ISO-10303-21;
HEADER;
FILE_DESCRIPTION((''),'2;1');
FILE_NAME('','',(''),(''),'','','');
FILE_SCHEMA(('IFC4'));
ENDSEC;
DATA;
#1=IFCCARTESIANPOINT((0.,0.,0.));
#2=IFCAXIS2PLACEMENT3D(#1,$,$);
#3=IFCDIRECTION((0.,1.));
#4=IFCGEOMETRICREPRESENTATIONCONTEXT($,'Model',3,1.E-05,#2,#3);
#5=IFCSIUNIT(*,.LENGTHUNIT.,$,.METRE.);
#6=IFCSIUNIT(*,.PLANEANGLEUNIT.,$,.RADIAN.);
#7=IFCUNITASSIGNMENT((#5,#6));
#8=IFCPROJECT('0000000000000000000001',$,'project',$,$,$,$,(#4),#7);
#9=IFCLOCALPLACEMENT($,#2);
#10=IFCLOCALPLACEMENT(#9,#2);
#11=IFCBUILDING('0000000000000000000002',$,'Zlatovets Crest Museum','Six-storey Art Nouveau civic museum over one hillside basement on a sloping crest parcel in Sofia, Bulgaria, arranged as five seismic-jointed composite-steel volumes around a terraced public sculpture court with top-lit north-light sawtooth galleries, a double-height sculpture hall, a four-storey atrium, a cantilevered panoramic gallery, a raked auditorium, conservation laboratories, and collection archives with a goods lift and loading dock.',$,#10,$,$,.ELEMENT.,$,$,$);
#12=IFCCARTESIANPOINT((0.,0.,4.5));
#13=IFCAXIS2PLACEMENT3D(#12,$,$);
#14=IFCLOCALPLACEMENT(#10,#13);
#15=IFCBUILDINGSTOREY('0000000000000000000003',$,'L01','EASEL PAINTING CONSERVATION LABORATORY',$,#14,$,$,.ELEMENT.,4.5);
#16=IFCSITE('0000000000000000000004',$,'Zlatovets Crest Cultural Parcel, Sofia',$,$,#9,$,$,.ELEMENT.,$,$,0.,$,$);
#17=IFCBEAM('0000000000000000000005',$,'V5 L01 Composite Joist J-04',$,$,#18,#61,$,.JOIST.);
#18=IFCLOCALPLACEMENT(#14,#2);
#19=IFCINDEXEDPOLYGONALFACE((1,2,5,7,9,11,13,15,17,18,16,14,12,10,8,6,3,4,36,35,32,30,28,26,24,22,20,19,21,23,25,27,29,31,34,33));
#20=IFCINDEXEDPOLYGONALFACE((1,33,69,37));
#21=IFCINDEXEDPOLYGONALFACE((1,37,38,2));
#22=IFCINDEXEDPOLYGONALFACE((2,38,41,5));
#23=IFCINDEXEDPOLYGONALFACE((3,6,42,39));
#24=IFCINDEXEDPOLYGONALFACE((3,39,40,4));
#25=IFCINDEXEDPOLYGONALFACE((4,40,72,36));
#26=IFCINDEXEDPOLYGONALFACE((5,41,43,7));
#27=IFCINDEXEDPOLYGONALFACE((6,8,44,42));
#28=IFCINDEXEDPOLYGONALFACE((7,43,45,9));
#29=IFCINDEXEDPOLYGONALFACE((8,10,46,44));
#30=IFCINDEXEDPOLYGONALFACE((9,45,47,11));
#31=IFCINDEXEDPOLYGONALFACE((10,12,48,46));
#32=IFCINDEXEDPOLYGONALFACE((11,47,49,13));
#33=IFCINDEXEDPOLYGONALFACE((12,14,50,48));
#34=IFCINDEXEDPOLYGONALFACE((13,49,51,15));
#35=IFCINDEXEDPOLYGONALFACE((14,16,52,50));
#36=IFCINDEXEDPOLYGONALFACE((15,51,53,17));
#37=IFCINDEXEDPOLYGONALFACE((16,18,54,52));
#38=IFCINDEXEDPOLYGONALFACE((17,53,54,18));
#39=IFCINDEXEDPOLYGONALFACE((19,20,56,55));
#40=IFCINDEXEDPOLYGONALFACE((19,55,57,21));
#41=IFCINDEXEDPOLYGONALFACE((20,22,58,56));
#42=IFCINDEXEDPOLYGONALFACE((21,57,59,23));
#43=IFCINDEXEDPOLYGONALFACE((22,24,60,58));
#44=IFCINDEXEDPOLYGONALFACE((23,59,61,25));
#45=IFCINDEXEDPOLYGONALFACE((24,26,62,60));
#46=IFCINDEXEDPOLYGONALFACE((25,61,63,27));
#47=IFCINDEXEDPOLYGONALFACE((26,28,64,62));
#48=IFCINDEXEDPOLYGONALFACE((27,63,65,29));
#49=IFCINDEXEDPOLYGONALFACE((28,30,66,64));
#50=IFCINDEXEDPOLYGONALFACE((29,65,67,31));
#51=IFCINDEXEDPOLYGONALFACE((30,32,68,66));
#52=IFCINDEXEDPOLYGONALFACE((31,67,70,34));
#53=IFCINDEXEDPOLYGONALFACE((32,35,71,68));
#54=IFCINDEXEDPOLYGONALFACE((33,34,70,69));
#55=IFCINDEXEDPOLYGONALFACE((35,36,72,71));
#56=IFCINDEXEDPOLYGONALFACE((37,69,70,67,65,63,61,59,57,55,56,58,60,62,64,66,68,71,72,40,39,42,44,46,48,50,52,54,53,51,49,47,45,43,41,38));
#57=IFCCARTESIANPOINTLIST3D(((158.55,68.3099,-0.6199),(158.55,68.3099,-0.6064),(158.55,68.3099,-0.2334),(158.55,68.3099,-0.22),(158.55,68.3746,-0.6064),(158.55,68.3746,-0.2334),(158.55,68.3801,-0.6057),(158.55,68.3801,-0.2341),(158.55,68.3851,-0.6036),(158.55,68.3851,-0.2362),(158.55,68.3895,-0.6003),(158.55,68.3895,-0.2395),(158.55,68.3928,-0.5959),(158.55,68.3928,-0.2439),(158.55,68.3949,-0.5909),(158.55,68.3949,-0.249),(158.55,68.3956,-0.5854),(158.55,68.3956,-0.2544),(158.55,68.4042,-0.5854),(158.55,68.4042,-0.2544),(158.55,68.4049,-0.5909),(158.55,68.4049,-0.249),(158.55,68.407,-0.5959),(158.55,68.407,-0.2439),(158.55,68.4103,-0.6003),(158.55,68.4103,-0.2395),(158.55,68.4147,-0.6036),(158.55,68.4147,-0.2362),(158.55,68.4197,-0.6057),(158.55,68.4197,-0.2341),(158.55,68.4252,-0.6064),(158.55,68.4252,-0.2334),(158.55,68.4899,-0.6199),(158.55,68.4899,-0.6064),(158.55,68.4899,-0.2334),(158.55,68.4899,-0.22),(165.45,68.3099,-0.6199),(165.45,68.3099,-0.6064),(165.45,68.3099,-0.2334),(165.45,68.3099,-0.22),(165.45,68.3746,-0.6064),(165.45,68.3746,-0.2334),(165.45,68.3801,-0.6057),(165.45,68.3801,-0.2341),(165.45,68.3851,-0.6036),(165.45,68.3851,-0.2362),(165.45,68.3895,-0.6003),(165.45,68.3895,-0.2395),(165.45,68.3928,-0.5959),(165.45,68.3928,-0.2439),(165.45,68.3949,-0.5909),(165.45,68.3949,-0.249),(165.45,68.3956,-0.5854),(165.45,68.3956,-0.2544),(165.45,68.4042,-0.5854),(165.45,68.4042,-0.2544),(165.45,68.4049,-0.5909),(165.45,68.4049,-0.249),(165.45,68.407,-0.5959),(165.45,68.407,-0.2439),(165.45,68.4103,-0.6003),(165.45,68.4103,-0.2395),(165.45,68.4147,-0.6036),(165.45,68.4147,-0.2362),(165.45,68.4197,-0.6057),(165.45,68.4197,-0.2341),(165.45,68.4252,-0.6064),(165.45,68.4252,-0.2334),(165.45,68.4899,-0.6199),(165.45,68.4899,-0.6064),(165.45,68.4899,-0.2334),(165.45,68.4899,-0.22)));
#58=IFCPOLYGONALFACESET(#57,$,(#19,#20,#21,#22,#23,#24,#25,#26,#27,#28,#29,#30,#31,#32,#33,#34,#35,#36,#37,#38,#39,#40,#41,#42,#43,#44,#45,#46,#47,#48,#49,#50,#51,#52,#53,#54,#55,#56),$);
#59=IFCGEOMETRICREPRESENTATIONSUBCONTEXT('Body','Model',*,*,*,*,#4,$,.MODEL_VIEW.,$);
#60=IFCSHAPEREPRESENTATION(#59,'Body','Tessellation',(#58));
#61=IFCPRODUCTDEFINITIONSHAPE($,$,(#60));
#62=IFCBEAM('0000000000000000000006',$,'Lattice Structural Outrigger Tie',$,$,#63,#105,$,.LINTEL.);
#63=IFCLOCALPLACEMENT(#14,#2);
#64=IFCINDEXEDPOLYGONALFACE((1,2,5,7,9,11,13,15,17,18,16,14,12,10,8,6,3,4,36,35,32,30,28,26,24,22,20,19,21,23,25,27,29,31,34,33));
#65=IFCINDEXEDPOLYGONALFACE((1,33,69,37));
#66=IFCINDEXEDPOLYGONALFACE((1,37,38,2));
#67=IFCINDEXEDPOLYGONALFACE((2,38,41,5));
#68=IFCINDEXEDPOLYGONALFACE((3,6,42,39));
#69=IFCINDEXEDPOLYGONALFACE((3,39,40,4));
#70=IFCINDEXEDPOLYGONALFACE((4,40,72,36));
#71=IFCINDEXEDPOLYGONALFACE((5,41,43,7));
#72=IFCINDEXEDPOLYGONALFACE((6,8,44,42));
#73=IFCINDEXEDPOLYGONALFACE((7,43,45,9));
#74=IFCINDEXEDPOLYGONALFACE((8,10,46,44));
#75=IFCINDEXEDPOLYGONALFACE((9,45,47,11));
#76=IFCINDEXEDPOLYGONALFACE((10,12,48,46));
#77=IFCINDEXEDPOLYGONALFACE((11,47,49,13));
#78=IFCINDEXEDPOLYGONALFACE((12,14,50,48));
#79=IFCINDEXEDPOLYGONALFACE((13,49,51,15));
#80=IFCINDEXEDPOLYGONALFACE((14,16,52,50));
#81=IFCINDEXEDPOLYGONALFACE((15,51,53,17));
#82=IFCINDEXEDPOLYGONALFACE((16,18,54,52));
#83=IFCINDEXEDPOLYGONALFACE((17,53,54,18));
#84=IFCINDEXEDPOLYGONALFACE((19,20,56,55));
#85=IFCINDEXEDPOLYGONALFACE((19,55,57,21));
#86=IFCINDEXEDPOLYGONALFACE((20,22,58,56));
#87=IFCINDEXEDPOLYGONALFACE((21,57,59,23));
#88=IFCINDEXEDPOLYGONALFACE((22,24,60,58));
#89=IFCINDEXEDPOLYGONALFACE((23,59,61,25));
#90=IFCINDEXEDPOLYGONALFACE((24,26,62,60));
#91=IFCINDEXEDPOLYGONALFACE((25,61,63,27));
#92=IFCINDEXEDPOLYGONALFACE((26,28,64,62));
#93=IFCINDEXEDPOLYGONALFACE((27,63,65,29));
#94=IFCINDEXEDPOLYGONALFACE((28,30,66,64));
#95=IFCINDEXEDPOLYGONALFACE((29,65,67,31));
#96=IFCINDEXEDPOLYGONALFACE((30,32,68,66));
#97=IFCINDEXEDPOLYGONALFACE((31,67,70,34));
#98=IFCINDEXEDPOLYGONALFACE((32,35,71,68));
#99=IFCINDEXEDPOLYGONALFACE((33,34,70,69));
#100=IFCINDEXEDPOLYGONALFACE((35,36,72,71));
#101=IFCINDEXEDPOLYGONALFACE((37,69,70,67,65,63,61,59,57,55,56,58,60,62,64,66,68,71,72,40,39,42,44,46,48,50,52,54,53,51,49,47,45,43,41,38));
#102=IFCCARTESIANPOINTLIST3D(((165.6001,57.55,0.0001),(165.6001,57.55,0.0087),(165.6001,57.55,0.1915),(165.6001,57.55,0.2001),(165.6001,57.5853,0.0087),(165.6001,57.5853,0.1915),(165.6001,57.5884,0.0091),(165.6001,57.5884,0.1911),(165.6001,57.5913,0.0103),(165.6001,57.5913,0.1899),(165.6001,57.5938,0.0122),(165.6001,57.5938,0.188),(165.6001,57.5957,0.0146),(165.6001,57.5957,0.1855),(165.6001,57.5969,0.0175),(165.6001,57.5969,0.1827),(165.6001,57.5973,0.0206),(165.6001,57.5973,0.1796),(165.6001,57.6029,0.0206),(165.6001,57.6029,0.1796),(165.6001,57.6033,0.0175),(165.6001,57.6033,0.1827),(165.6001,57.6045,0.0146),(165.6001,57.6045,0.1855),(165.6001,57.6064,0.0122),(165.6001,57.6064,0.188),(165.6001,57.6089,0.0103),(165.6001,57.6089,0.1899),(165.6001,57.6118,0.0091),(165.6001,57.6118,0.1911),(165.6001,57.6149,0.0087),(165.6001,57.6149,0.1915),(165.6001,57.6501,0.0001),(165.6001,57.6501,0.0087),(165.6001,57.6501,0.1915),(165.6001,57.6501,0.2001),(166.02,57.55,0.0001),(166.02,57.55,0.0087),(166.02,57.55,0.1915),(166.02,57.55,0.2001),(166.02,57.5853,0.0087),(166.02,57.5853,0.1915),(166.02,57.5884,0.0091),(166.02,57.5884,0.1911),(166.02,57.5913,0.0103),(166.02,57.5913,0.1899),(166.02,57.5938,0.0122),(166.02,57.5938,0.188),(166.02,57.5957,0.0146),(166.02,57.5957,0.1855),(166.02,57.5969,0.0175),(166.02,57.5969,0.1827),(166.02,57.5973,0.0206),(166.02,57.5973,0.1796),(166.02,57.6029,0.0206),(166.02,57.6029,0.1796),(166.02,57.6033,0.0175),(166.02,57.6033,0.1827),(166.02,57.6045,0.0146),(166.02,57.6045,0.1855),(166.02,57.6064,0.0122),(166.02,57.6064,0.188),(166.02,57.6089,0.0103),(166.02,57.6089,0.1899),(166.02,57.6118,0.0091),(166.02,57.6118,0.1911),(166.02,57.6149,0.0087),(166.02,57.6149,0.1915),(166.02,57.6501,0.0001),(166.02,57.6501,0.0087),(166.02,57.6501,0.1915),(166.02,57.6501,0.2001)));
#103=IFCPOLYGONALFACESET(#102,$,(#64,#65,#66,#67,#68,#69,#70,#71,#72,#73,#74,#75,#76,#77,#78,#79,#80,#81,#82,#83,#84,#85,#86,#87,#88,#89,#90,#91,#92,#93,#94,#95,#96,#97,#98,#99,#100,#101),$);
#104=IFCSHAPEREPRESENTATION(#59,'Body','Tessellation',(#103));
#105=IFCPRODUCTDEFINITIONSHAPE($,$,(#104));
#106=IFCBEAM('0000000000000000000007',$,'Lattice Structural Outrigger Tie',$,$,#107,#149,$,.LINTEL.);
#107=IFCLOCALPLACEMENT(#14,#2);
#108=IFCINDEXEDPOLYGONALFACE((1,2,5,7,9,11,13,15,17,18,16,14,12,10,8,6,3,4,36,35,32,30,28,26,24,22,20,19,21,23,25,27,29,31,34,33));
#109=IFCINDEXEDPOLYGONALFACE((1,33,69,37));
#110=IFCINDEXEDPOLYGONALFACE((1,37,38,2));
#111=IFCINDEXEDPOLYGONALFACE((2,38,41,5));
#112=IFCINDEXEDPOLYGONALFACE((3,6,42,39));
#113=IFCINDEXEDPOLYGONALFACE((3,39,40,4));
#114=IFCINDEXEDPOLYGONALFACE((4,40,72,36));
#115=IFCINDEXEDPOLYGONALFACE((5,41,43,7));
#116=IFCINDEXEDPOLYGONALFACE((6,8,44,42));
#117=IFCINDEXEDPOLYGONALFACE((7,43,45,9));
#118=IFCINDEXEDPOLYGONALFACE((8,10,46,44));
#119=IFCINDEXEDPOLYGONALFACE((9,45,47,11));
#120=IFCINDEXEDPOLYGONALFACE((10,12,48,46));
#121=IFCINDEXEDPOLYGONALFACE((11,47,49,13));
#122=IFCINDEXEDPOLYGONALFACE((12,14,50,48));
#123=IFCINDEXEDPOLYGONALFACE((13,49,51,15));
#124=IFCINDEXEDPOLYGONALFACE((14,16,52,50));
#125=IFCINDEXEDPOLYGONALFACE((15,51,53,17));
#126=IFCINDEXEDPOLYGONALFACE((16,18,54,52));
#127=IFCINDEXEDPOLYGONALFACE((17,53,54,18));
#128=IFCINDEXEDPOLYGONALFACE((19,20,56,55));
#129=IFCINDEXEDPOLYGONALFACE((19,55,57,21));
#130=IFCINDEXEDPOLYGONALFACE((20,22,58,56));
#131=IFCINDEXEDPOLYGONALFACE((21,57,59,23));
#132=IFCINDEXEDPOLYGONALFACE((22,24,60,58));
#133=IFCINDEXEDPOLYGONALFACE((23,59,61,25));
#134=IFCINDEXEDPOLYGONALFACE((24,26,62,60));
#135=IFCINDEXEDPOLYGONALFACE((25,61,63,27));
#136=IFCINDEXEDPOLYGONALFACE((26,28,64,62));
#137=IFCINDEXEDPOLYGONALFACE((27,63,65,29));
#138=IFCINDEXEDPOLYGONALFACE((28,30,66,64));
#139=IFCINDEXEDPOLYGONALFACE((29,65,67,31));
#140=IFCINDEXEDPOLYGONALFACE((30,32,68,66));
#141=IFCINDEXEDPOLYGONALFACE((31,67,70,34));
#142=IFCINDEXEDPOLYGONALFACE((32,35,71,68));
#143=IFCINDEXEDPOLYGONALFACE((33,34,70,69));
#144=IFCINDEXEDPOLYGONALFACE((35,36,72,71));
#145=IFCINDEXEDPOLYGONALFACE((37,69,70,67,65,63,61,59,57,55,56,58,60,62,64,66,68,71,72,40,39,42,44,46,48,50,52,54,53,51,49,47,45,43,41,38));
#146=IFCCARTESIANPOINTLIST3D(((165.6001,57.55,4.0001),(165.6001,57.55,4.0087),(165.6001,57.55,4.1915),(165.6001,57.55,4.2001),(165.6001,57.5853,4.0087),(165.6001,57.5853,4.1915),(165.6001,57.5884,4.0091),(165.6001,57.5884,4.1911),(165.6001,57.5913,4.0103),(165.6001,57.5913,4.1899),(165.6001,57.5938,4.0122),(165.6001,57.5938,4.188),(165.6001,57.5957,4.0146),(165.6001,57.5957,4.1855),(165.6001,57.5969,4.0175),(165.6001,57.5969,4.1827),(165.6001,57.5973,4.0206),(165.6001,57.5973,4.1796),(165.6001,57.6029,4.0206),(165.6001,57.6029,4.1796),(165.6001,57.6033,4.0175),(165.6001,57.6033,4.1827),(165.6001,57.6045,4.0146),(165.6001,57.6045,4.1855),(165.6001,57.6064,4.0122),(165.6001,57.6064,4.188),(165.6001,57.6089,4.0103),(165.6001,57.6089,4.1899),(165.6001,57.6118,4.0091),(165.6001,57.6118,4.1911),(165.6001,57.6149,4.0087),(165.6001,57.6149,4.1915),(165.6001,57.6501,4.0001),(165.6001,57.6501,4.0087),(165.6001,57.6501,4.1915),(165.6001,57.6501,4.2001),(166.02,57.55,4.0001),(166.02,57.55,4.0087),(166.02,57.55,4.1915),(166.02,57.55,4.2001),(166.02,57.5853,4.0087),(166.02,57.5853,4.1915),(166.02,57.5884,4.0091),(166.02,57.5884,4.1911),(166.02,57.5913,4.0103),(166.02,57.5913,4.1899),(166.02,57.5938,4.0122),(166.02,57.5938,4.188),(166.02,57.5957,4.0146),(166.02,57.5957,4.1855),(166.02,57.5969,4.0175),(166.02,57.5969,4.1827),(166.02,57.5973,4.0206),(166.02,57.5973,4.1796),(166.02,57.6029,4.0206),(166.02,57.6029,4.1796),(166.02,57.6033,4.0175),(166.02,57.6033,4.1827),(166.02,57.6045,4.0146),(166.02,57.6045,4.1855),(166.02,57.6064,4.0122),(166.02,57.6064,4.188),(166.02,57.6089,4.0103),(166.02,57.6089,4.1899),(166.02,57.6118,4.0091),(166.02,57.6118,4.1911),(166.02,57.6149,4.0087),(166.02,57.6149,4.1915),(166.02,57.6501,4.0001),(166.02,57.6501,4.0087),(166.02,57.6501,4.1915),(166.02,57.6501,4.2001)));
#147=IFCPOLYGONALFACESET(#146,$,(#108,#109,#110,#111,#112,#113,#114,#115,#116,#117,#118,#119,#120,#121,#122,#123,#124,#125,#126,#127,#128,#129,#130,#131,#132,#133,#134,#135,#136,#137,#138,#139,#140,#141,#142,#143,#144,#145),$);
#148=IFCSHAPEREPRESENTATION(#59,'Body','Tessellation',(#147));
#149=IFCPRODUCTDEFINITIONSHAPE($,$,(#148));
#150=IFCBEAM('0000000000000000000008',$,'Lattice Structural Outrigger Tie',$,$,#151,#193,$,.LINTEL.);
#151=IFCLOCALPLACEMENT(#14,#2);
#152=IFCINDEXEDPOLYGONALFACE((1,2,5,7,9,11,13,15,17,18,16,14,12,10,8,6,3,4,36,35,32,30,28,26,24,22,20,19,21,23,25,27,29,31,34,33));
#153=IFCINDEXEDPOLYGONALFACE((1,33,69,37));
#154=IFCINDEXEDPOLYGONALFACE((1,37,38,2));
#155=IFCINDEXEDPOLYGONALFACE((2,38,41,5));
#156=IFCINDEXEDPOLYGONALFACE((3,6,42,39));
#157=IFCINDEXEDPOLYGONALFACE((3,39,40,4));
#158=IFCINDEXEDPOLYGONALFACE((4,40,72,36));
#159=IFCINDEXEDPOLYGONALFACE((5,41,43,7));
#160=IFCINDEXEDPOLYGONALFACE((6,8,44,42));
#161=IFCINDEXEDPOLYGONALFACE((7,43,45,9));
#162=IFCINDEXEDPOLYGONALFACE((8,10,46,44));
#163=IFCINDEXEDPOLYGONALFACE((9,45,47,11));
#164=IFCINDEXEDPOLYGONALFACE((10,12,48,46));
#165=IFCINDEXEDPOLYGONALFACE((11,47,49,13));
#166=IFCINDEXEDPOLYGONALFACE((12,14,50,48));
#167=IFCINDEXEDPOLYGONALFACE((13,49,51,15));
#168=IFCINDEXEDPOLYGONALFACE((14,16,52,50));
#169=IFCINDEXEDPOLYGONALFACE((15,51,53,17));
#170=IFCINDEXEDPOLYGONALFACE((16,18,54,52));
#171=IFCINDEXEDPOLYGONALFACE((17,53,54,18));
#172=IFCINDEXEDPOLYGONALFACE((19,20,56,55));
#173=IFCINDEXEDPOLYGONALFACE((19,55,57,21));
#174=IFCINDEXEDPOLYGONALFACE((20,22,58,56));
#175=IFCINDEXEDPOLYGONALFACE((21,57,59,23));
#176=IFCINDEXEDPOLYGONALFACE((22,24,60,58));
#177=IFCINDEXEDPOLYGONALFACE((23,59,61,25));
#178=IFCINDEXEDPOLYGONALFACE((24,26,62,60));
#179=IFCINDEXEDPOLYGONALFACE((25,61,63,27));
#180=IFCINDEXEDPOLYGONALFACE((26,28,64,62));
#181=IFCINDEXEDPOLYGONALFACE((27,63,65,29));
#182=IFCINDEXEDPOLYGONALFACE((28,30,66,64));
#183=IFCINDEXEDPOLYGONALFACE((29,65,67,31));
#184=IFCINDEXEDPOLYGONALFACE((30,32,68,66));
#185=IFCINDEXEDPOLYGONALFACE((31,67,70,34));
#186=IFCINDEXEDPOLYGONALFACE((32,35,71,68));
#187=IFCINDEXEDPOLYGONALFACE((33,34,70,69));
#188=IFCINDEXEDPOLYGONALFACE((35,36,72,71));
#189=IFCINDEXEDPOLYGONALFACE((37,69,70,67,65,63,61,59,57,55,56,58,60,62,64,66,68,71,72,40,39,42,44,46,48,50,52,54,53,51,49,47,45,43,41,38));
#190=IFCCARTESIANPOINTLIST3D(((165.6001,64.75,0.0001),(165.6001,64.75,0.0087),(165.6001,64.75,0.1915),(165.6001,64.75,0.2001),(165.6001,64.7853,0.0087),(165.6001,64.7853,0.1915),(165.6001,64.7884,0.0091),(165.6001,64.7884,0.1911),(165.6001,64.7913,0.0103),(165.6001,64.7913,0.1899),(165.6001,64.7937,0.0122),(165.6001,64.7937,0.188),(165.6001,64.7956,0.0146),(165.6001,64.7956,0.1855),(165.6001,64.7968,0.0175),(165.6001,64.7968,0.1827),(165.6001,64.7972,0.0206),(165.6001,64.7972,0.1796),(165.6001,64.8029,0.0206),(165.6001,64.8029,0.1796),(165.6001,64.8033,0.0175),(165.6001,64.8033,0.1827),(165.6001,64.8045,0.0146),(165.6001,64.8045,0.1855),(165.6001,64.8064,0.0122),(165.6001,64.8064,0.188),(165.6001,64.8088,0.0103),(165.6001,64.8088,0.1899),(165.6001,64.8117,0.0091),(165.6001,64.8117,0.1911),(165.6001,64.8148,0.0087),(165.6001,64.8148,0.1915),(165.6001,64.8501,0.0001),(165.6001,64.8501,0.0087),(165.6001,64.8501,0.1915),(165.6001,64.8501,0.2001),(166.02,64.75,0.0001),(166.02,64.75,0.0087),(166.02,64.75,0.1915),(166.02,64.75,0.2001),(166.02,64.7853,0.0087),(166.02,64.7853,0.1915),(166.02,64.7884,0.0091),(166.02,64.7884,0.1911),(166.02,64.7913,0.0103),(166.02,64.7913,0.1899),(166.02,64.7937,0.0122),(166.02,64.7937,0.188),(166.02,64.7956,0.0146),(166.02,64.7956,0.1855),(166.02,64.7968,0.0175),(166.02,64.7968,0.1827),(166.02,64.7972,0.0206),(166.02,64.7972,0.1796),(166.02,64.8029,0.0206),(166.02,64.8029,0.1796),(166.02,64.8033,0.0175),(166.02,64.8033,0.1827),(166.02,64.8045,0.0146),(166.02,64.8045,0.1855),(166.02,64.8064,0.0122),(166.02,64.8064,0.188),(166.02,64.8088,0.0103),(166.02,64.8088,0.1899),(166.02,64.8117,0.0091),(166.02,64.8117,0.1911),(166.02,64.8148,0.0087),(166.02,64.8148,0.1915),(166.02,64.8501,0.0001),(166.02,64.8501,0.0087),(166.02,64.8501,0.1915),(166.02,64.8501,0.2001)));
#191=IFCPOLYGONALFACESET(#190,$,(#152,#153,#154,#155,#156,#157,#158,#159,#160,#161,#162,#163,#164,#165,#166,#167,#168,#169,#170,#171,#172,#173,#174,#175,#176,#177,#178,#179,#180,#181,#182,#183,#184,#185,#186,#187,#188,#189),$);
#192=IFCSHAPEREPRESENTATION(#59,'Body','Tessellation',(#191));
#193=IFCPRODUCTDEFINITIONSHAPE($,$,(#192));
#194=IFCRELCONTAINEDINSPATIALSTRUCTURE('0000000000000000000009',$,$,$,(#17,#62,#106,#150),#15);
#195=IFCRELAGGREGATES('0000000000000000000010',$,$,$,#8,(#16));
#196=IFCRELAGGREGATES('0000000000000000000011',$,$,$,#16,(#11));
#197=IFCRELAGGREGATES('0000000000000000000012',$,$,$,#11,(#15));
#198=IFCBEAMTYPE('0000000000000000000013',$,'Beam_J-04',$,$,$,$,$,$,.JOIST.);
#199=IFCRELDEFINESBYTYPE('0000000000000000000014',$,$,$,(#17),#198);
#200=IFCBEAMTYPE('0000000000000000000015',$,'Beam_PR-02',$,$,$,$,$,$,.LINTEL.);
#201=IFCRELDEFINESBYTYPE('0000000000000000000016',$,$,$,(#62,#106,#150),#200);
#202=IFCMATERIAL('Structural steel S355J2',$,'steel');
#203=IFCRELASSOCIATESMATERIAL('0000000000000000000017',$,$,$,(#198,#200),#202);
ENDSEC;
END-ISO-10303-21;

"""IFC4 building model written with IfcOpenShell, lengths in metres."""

from ifc_helpers import new_model, si_unit, direction, frame, origin, origin_2d, place, context, subcontext, project, spatial, i_section, extrude, material, material_profile, profile_set, type_object, element, save


model = new_model("IFC4")

# Units and contexts
model_context = context("Model", 3, precision=1e-05, world=origin(), true_north=direction((0.0, 1.0)))
body_context = subcontext(model_context, "Body", "Model", "MODEL_VIEW")
ifc_project = project(units=[si_unit("LENGTHUNIT", "METRE"), si_unit("PLANEANGLEUNIT", "RADIAN")], contexts=[model_context])

# Site, building, storey
site_placement = place(None, origin())
site = spatial("IfcSite", under=ifc_project, at=site_placement, Name="Zlatovets Crest Cultural Parcel, Sofia", CompositionType="ELEMENT", RefElevation=0.0)
building_placement = place(site_placement, origin())
building = spatial("IfcBuilding", under=site, at=building_placement, Name="Zlatovets Crest Museum", Description="Six-storey Art Nouveau civic museum over one hillside basement on a sloping crest parcel in Sofia, Bulgaria, arranged as five seismic-jointed composite-steel volumes around a terraced public sculpture court with top-lit north-light sawtooth galleries, a double-height sculpture hall, a four-storey atrium, a cantilevered panoramic gallery, a raked auditorium, conservation laboratories, and collection archives with a goods lift and loading dock.", CompositionType="ELEMENT")
storey_placement = place(building_placement, frame((0.0, 0.0, 4.5)))
storey = spatial("IfcBuildingStorey", under=building, at=storey_placement, Name="L01", Description="EASEL PAINTING CONSERVATION LABORATORY", CompositionType="ELEMENT", Elevation=4.5)

# Shared definitions
ifc_material_1 = material(Name="Structural steel S355J2", Category="steel")

# Beams
ifc_material_profile_1 = material_profile(ifc_material_1, i_section(OverallWidth=0.1799, OverallDepth=0.3999, WebThickness=0.0085, FlangeThickness=0.0134, FilletRadius=0.021, at=origin_2d()), Name="IPE 400")
ifc_profile_set_1 = profile_set([ifc_material_profile_1], Name="Structural steel S355J2")
beam_type_1 = type_object("IfcBeamType", Name="Beam_J-04", PredefinedType="JOIST", material=ifc_profile_set_1)
for number, where, z_axis, x_axis, name in (
    (1, (158.55, 68.3999, -0.4199), (1.0, 0.0, 0.0), (0.0, 1.0, 0.0), "V5 L01 Composite Joist J-04"),
):
    element("IfcBeam", number, at=place(storey_placement, frame(where, z_axis=z_axis, x_axis=x_axis)), inside=storey, type_object=beam_type_1, Name=name, PredefinedType="JOIST", context=body_context, shape_type="SweptSolid", body=[
        extrude(i_section(OverallWidth=0.1799, OverallDepth=0.3999, WebThickness=0.0085, FlangeThickness=0.0134, FilletRadius=0.021, at=origin_2d()), origin(), (0.0, 0.0, 1.0), 6.8999),
    ])
ifc_material_profile_2 = material_profile(ifc_material_1, i_section(OverallWidth=0.1001, OverallDepth=0.2, WebThickness=0.0056, FlangeThickness=0.0085, FilletRadius=0.012, at=origin_2d()), Name="IPE 200")
ifc_profile_set_2 = profile_set([ifc_material_profile_2], Name="Structural steel S355J2")
beam_type_2 = type_object("IfcBeamType", Name="Beam_PR-02", PredefinedType="LINTEL", material=ifc_profile_set_2)
for number, where, z_axis, x_axis, name in (
    (2, (165.6001, 57.6001, 0.1001), (1.0, 0.0, 0.0), (0.0, 1.0, 0.0), "Lattice Structural Outrigger Tie"),
    (3, (165.6001, 57.6001, 4.1001), (1.0, 0.0, 0.0), (0.0, 1.0, 0.0), "Lattice Structural Outrigger Tie"),
    (4, (165.6001, 64.8, 0.1001), (1.0, 0.0, 0.0), (0.0, 1.0, 0.0), "Lattice Structural Outrigger Tie"),
):
    element("IfcBeam", number, at=place(storey_placement, frame(where, z_axis=z_axis, x_axis=x_axis)), inside=storey, type_object=beam_type_2, Name=name, PredefinedType="LINTEL", context=body_context, shape_type="SweptSolid", body=[
        extrude(i_section(OverallWidth=0.1001, OverallDepth=0.2, WebThickness=0.0056, FlangeThickness=0.0085, FilletRadius=0.012, at=origin_2d()), origin(), (0.0, 0.0, 1.0), 0.4199),
    ])

save(model, "model.ifc")
